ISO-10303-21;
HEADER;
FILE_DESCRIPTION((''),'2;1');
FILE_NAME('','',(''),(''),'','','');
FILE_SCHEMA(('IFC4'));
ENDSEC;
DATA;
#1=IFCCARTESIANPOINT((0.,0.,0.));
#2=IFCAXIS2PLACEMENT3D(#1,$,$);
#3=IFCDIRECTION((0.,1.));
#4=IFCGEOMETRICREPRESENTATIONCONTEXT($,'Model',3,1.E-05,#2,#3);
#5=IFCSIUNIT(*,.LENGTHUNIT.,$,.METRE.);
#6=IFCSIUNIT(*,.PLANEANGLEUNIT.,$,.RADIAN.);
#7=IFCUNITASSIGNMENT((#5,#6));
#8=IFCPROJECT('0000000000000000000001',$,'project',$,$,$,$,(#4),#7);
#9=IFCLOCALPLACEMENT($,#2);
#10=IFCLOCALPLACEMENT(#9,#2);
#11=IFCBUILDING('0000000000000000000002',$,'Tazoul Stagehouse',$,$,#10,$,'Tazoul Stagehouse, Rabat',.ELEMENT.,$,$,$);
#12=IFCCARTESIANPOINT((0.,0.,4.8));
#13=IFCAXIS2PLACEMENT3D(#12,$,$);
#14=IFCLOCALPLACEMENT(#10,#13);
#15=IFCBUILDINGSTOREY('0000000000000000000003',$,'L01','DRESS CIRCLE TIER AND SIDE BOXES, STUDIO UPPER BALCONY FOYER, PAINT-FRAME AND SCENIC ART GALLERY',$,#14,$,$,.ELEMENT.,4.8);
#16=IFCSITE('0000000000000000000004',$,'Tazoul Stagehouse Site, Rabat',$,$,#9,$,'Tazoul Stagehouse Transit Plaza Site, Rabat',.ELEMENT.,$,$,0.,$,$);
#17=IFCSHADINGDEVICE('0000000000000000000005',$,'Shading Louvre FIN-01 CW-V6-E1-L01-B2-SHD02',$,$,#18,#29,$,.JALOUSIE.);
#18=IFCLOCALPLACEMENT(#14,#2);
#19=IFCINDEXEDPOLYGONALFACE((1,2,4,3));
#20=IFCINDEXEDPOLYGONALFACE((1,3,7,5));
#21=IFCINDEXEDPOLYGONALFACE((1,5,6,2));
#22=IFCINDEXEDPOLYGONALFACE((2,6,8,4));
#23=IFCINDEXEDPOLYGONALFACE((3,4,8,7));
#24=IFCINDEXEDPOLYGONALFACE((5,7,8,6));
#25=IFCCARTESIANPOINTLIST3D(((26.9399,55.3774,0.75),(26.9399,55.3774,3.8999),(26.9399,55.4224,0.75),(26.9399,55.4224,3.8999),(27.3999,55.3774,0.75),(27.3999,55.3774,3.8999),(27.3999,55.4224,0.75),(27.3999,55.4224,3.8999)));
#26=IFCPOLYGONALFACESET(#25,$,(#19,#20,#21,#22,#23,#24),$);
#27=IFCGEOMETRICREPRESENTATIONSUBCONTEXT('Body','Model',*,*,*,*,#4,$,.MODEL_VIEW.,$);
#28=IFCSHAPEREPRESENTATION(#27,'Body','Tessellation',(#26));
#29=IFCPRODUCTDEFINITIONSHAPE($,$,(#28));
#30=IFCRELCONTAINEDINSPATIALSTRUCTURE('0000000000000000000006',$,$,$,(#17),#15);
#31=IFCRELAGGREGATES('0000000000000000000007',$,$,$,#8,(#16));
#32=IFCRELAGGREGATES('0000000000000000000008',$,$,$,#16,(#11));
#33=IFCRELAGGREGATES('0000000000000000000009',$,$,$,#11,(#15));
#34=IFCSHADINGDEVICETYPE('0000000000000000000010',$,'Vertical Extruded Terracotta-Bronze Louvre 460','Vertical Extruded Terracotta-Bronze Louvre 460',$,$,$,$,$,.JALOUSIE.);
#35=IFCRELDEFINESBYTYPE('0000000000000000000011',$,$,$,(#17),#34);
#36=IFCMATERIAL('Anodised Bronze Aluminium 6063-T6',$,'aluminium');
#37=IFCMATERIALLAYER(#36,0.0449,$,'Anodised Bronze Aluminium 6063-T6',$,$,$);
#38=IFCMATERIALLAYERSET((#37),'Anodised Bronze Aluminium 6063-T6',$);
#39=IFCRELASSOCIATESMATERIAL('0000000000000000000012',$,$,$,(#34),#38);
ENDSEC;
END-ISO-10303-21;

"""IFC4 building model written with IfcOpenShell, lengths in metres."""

from ifc_helpers import new_model, si_unit, direction, frame, origin, origin_2d, place, context, subcontext, project, spatial, rectangle, extrude, material, layer, layer_set, type_object, element, save


model = new_model("IFC4")

# Units and contexts
model_context = context("Model", 3, precision=1e-05, world=origin(), true_north=direction((0.0, 1.0)))
body_context = subcontext(model_context, "Body", "Model", "MODEL_VIEW")
ifc_project = project(units=[si_unit("LENGTHUNIT", "METRE"), si_unit("PLANEANGLEUNIT", "RADIAN")], contexts=[model_context])

# Site, building, storey
site_placement = place(None, origin())
site = spatial("IfcSite", under=ifc_project, at=site_placement, Name="Tazoul Stagehouse Site, Rabat", LongName="Tazoul Stagehouse Transit Plaza Site, Rabat", CompositionType="ELEMENT", RefElevation=0.0)
building_placement = place(site_placement, origin())
building = spatial("IfcBuilding", under=site, at=building_placement, Name="Tazoul Stagehouse", LongName="Tazoul Stagehouse, Rabat", CompositionType="ELEMENT")
storey_placement = place(building_placement, frame((0.0, 0.0, 4.8)))
storey = spatial("IfcBuildingStorey", under=building, at=storey_placement, Name="L01", Description="DRESS CIRCLE TIER AND SIDE BOXES, STUDIO UPPER BALCONY FOYER, PAINT-FRAME AND SCENIC ART GALLERY", CompositionType="ELEMENT", Elevation=4.8)

# Shared definitions
ifc_material_1 = material(Name="Anodised Bronze Aluminium 6063-T6", Category="aluminium")

# Shading device
ifc_layer_1 = layer(ifc_material_1, 0.0449, Name="Anodised Bronze Aluminium 6063-T6")
ifc_layer_set_1 = layer_set([ifc_layer_1], Name="Anodised Bronze Aluminium 6063-T6")
shading_device_type_1 = type_object("IfcShadingDeviceType", Name="Vertical Extruded Terracotta-Bronze Louvre 460", Description="Vertical Extruded Terracotta-Bronze Louvre 460", PredefinedType="JALOUSIE", material=ifc_layer_set_1)
shading_device_placement = place(storey_placement, frame((27.1699, 55.3999, 0.75), z_axis=(0.0, 0.0, 1.0), x_axis=(0.0, 1.0, 0.0)))
element("IfcShadingDevice", 1, at=shading_device_placement, inside=storey, type_object=shading_device_type_1, Name="Shading Louvre FIN-01 CW-V6-E1-L01-B2-SHD02", PredefinedType="JALOUSIE", context=body_context, shape_type="SweptSolid", body=[
    extrude(rectangle(XDim=0.0449, YDim=0.46, at=origin_2d()), origin(), (0.0, 0.0, 1.0), 3.1499),
])

save(model, "model.ifc")
